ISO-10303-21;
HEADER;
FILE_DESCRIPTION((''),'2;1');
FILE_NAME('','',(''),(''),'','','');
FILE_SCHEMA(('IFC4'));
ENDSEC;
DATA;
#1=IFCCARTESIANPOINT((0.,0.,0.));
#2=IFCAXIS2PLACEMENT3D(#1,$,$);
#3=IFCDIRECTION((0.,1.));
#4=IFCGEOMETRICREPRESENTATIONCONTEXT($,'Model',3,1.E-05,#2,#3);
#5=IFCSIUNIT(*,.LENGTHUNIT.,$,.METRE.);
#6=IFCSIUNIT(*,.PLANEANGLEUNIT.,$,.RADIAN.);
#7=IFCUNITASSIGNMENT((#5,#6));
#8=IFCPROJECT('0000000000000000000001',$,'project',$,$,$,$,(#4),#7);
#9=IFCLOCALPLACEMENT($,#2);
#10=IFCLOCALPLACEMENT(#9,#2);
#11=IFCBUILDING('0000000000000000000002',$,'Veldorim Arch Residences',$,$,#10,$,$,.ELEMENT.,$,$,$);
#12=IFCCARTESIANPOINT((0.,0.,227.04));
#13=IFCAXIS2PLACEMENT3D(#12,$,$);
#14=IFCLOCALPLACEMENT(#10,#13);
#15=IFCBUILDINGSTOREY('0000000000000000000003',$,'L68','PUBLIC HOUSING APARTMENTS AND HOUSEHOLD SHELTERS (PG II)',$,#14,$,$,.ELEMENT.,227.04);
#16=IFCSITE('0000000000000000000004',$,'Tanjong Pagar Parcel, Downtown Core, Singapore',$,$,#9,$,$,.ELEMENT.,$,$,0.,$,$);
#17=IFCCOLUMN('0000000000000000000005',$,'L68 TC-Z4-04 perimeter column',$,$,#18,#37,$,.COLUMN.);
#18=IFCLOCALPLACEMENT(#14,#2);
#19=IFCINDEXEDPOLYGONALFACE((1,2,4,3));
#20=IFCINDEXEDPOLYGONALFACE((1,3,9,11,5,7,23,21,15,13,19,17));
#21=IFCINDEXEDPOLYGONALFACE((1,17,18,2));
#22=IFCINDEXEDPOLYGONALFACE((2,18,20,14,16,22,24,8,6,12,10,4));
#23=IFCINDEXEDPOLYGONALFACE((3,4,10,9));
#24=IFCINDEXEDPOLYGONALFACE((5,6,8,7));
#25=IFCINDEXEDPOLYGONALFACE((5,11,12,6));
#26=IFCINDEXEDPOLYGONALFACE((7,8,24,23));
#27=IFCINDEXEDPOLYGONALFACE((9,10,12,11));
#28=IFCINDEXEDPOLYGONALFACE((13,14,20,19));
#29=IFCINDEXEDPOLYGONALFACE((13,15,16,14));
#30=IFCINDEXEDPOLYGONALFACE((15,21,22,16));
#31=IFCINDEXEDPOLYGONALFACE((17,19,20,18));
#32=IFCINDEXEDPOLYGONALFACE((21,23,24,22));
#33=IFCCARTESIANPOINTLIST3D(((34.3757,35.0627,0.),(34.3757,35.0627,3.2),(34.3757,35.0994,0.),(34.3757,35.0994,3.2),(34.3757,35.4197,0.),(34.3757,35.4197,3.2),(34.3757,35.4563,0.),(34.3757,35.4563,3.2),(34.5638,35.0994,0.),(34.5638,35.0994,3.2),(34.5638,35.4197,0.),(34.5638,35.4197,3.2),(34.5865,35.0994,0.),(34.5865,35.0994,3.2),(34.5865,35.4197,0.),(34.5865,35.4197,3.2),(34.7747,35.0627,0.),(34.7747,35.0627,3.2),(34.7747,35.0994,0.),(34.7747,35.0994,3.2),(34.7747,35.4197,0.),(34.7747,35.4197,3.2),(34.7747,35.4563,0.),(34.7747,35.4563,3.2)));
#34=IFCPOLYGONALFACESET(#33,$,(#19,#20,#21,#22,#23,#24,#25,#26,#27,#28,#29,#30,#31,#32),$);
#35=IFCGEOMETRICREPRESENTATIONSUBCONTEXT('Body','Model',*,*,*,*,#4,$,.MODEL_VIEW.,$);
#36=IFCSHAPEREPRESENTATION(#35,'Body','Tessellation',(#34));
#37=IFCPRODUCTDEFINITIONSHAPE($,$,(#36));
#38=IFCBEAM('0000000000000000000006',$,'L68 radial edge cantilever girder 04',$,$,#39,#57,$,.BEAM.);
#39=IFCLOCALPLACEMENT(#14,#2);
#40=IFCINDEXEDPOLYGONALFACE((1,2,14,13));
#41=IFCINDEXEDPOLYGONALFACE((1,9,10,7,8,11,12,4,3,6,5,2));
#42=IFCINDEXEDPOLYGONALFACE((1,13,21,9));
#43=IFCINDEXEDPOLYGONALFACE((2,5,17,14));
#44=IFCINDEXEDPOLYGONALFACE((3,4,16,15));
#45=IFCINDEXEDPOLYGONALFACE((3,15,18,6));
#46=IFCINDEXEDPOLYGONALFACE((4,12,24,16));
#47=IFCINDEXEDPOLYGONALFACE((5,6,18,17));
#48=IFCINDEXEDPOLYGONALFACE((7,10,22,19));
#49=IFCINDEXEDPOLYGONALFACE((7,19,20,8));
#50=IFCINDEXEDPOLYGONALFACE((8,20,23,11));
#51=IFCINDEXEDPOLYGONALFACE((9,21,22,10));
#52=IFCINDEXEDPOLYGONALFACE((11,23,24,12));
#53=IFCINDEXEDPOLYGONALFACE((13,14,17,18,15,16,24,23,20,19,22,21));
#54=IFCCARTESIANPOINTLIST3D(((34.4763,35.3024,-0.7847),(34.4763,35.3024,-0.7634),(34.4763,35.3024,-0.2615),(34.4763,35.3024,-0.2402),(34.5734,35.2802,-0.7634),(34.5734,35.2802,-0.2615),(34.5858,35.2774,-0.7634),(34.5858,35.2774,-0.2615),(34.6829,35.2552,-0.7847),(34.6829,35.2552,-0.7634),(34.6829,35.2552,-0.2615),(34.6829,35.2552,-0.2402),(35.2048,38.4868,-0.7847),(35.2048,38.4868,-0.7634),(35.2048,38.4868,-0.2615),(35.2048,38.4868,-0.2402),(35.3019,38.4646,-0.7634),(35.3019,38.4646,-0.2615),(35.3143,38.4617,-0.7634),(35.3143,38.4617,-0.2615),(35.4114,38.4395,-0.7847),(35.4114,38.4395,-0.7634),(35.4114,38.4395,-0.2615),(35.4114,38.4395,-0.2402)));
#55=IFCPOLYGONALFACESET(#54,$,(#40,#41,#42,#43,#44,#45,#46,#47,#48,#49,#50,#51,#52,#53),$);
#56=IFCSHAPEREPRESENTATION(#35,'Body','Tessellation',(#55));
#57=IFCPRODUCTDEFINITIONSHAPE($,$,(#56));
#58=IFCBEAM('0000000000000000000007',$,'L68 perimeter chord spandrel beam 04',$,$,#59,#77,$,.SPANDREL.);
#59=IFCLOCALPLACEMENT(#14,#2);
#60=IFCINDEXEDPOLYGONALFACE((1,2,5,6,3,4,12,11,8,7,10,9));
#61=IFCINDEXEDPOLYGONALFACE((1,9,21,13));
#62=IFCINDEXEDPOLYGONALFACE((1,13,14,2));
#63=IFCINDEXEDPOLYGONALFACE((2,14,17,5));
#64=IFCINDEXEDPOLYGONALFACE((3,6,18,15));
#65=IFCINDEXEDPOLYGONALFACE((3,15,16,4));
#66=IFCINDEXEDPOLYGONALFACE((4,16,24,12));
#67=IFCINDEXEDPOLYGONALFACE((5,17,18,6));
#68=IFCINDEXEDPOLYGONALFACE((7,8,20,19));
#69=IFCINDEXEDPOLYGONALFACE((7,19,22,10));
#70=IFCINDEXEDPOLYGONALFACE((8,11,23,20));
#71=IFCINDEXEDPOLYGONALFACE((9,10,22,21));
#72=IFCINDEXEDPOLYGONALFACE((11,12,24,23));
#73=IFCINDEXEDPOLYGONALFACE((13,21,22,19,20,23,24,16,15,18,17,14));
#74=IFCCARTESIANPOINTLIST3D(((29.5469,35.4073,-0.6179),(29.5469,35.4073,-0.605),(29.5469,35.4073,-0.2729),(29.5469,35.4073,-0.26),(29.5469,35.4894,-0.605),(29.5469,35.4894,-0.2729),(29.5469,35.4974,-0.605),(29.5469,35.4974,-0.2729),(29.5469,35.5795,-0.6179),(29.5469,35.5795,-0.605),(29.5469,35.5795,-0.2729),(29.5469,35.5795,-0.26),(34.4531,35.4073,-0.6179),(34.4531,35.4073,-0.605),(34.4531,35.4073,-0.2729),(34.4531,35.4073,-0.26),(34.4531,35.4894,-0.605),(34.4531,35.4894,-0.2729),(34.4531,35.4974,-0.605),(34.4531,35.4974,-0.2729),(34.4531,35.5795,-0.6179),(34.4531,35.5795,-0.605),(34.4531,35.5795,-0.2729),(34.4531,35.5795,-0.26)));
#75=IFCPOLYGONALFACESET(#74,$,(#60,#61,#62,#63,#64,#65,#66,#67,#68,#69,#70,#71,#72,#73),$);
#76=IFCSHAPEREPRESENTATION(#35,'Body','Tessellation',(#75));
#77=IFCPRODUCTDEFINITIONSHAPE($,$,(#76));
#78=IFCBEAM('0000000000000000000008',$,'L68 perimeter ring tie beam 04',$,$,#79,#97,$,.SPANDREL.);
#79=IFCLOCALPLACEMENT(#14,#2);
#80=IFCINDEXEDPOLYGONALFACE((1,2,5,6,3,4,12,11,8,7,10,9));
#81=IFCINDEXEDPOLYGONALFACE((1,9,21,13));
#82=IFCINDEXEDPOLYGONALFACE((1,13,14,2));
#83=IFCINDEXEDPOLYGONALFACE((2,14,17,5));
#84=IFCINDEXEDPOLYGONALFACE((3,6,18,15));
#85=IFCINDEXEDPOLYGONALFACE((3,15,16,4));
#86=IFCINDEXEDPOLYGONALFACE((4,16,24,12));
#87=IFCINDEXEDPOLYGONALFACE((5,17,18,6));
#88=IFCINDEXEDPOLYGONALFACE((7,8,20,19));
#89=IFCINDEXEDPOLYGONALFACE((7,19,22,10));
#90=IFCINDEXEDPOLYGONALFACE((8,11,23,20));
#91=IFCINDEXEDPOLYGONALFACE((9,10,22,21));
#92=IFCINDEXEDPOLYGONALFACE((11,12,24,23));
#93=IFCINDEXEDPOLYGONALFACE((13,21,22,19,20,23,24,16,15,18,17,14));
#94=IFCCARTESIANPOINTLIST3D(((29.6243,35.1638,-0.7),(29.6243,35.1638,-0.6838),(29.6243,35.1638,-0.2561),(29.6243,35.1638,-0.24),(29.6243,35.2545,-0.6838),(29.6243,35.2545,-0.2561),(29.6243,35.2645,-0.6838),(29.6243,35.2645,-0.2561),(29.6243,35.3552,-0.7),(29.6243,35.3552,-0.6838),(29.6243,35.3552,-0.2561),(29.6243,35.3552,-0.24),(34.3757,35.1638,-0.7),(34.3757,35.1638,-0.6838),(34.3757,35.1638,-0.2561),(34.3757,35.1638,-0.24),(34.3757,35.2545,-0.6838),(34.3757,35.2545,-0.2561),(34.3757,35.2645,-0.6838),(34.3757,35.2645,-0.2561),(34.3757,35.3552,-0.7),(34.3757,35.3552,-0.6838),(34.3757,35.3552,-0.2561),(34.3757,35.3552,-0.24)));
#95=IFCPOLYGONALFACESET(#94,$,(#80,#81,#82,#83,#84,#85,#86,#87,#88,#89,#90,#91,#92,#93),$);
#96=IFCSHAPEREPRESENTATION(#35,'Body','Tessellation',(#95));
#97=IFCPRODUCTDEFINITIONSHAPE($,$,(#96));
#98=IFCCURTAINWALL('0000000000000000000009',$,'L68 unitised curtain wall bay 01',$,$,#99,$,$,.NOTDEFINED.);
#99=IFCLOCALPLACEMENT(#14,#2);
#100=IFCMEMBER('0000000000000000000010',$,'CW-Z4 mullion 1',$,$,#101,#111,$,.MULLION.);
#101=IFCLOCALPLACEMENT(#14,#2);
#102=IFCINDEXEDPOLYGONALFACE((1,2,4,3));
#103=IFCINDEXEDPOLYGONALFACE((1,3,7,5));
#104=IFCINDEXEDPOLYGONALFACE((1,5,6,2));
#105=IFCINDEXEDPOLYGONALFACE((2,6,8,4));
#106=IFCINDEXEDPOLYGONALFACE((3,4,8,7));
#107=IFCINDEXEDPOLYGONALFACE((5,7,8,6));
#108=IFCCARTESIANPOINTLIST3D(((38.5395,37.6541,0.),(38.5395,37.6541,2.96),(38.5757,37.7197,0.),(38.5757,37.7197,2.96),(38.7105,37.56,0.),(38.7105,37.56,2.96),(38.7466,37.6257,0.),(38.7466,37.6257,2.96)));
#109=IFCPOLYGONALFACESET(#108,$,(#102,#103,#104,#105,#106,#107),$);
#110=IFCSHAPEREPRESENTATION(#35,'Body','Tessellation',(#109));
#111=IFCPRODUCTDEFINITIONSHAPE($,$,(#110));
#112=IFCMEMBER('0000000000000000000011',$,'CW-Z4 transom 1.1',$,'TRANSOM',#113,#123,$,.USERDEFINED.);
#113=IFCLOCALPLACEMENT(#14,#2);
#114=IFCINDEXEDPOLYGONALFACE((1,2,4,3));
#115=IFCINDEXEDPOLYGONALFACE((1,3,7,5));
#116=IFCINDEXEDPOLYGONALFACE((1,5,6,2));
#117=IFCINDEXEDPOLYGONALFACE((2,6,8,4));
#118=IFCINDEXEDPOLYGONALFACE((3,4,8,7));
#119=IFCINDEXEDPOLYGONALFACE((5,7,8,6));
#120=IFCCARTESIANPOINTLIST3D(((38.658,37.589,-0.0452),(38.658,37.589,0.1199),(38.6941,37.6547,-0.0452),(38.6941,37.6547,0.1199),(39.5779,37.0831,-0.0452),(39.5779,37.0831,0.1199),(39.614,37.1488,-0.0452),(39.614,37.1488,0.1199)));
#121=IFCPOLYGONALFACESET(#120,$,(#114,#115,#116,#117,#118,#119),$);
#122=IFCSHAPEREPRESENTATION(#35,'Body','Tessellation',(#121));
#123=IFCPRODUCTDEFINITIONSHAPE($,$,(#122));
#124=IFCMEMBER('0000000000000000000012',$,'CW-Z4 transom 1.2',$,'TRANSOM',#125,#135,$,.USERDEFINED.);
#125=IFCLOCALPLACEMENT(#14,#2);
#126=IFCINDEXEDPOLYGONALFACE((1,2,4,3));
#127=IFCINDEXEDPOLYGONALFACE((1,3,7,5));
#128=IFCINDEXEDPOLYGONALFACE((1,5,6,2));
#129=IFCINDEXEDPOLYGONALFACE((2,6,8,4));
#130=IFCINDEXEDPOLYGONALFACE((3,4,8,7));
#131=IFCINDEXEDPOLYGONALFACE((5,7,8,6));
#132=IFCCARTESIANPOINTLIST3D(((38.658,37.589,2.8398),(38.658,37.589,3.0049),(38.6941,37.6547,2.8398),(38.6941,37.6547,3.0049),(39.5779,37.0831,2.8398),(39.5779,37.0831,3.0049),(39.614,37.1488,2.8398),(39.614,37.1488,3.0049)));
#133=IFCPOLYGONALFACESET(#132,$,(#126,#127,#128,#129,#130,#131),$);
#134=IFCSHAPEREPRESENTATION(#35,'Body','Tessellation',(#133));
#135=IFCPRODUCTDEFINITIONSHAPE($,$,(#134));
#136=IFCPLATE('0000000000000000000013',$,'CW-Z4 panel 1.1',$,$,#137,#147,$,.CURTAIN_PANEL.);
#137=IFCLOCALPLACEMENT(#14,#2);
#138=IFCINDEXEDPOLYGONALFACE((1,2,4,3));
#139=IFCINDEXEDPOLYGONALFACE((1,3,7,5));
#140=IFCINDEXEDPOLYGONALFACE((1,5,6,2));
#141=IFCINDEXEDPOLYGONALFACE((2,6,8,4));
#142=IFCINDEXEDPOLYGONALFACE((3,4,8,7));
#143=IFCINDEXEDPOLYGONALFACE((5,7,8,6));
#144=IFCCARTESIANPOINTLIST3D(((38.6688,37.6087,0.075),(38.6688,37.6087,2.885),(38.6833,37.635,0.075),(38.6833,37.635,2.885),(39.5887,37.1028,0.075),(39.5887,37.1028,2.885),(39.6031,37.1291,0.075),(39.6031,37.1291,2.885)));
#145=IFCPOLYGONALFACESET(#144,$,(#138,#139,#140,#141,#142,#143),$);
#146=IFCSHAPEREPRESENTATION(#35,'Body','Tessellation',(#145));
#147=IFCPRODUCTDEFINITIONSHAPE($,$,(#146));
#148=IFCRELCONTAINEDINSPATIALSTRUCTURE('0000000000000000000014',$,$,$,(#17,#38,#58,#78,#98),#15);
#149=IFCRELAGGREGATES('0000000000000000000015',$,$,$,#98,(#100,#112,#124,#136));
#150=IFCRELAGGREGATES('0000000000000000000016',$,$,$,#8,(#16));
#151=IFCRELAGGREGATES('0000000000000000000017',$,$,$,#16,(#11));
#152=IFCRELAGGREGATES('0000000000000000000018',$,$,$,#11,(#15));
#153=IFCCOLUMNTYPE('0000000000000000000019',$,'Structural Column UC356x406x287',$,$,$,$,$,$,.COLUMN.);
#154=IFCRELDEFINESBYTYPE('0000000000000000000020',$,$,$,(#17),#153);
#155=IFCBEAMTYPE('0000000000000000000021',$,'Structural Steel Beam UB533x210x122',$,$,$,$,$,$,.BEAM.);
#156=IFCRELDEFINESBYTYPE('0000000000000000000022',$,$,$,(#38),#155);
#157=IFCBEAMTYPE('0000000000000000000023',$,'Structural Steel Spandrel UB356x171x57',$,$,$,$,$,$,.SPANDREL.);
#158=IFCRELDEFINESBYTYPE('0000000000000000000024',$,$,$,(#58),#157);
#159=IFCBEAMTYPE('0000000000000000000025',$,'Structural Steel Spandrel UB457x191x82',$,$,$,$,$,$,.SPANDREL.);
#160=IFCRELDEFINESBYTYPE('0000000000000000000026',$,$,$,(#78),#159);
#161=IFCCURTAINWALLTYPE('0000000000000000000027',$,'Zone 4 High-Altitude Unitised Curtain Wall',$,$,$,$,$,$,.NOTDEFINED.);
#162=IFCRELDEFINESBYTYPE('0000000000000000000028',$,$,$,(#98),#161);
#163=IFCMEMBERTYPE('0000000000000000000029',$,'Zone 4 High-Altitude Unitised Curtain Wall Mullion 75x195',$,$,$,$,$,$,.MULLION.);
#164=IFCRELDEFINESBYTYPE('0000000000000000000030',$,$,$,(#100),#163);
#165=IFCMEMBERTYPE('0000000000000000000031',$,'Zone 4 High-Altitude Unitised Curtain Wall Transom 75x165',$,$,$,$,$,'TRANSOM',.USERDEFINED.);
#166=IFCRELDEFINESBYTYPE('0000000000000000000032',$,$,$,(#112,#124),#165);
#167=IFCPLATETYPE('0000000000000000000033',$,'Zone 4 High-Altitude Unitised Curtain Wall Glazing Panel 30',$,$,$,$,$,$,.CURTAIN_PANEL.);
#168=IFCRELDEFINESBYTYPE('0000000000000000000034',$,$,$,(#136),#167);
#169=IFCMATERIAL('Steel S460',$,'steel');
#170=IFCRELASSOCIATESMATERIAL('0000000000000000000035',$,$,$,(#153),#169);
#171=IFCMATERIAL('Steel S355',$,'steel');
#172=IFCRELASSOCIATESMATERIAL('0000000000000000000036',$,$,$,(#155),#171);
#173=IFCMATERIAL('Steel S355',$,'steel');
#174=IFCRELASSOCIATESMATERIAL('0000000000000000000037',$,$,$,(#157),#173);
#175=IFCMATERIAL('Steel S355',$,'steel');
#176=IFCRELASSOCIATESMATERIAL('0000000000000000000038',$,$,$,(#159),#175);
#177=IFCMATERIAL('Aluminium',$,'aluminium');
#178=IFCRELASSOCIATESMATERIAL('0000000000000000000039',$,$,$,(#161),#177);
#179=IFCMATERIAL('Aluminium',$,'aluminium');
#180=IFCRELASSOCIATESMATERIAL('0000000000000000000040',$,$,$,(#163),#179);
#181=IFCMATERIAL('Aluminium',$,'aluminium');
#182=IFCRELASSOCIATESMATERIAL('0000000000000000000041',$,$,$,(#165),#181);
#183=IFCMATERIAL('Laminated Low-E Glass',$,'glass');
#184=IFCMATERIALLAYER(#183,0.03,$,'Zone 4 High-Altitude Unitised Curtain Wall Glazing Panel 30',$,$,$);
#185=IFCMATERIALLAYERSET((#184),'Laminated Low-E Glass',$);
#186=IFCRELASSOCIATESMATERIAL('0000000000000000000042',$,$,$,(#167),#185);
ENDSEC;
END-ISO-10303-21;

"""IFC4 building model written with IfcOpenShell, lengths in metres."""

from ifc_helpers import new_model, si_unit, direction, frame, origin, origin_2d, place, context, subcontext, project, spatial, rectangle, i_section, extrude, material, layer, layer_set, material_profile, profile_set, type_object, element, aggregate, save


model = new_model("IFC4")

# Units and contexts
model_context = context("Model", 3, precision=1e-05, world=origin(), true_north=direction((0.0, 1.0)))
body_context = subcontext(model_context, "Body", "Model", "MODEL_VIEW")
ifc_project = project(units=[si_unit("LENGTHUNIT", "METRE"), si_unit("PLANEANGLEUNIT", "RADIAN")], contexts=[model_context])

# Site, building, storey
site_placement = place(None, origin())
site = spatial("IfcSite", under=ifc_project, at=site_placement, Name="Tanjong Pagar Parcel, Downtown Core, Singapore", CompositionType="ELEMENT", RefElevation=0.0)
building_placement = place(site_placement, origin())
building = spatial("IfcBuilding", under=site, at=building_placement, Name="Veldorim Arch Residences", CompositionType="ELEMENT")
storey_placement = place(building_placement, frame((0.0, 0.0, 227.04)))
storey = spatial("IfcBuildingStorey", under=building, at=storey_placement, Name="L68", Description="PUBLIC HOUSING APARTMENTS AND HOUSEHOLD SHELTERS (PG II)", CompositionType="ELEMENT", Elevation=227.04)

# Column
ifc_material_1 = material(Name="Steel S460", Category="steel")
ifc_material_profile_1 = material_profile(ifc_material_1, i_section(OverallWidth=0.3989, OverallDepth=0.3936, WebThickness=0.0227, FlangeThickness=0.0366, at=origin_2d()), Name="UC356x406x287")
ifc_profile_set_1 = profile_set([ifc_material_profile_1], Name="Steel S460")
column_type = type_object("IfcColumnType", Name="Structural Column UC356x406x287", PredefinedType="COLUMN", material=ifc_profile_set_1)
column_placement = place(storey_placement, frame((34.5752, 35.2595, 0.0), z_axis=(0.0, 0.0, 1.0), x_axis=(1.0, 0.0, 0.0)))
element("IfcColumn", 1, at=column_placement, inside=storey, type_object=column_type, Name="L68 TC-Z4-04 perimeter column", PredefinedType="COLUMN", context=body_context, shape_type="SweptSolid", body=[
    extrude(i_section(OverallWidth=0.3989, OverallDepth=0.3936, WebThickness=0.0227, FlangeThickness=0.0366, at=origin_2d()), origin(), (0.0, 0.0, 1.0), 3.2),
])

# Beams
ifc_material_2 = material(Name="Steel S355", Category="steel")
ifc_material_profile_2 = material_profile(ifc_material_2, i_section(OverallWidth=0.2119, OverallDepth=0.5444, WebThickness=0.0127, FlangeThickness=0.0212, at=origin_2d()), Name="UB533x210x122")
ifc_profile_set_2 = profile_set([ifc_material_profile_2], Name="Steel S355")
beam_type_1 = type_object("IfcBeamType", Name="Structural Steel Beam UB533x210x122", PredefinedType="BEAM", material=ifc_profile_set_2)
beam_1_placement = place(storey_placement, frame((34.5796, 35.2788, -0.5125), z_axis=(0.22302, 0.974814, 0.0), x_axis=(-0.974814, 0.22302, 0.0)))
element("IfcBeam", 2, at=beam_1_placement, inside=storey, type_object=beam_type_1, Name="L68 radial edge cantilever girder 04", PredefinedType="BEAM", context=body_context, shape_type="SweptSolid", body=[
    extrude(i_section(OverallWidth=0.2119, OverallDepth=0.5444, WebThickness=0.0127, FlangeThickness=0.0212, at=origin_2d()), origin(), (0.0, 0.0, 1.0), 3.2666),
])
ifc_material_3 = material(Name="Steel S355", Category="steel")
ifc_material_profile_3 = material_profile(ifc_material_3, i_section(OverallWidth=0.1721, OverallDepth=0.3579, WebThickness=0.0081, FlangeThickness=0.0129, at=origin_2d()), Name="UB356x171x57")
ifc_profile_set_3 = profile_set([ifc_material_profile_3], Name="Steel S355")
beam_type_2 = type_object("IfcBeamType", Name="Structural Steel Spandrel UB356x171x57", PredefinedType="SPANDREL", material=ifc_profile_set_3)
beam_2_placement = place(storey_placement, frame((34.4531, 35.4934, -0.439), z_axis=(-1.0, 0.0, 0.0), x_axis=(0.0, -1.0, 0.0)))
element("IfcBeam", 3, at=beam_2_placement, inside=storey, type_object=beam_type_2, Name="L68 perimeter chord spandrel beam 04", PredefinedType="SPANDREL", context=body_context, shape_type="SweptSolid", body=[
    extrude(i_section(OverallWidth=0.1721, OverallDepth=0.3579, WebThickness=0.0081, FlangeThickness=0.0129, at=origin_2d()), origin(), (0.0, 0.0, 1.0), 4.9062),
])
ifc_material_4 = material(Name="Steel S355", Category="steel")
ifc_material_profile_4 = material_profile(ifc_material_4, i_section(OverallWidth=0.1914, OverallDepth=0.46, WebThickness=0.01, FlangeThickness=0.0161, at=origin_2d()), Name="UB457x191x82")
ifc_profile_set_4 = profile_set([ifc_material_profile_4], Name="Steel S355")
beam_type_3 = type_object("IfcBeamType", Name="Structural Steel Spandrel UB457x191x82", PredefinedType="SPANDREL", material=ifc_profile_set_4)
beam_3_placement = place(storey_placement, frame((34.3757, 35.2595, -0.47), z_axis=(-1.0, 0.0, 0.0), x_axis=(0.0, -1.0, 0.0)))
element("IfcBeam", 4, at=beam_3_placement, inside=storey, type_object=beam_type_3, Name="L68 perimeter ring tie beam 04", PredefinedType="SPANDREL", context=body_context, shape_type="SweptSolid", body=[
    extrude(i_section(OverallWidth=0.1914, OverallDepth=0.46, WebThickness=0.01, FlangeThickness=0.0161, at=origin_2d()), origin(), (0.0, 0.0, 1.0), 4.7515),
])

# Curtain wall, members, plate
ifc_material_5 = material(Name="Aluminium", Category="aluminium")
curtain_wall_type = type_object("IfcCurtainWallType", Name="Zone 4 High-Altitude Unitised Curtain Wall", PredefinedType="NOTDEFINED", material=ifc_material_5)
curtain_wall_placement = place(storey_placement, origin())
curtain_wall = element("IfcCurtainWall", 5, at=curtain_wall_placement, inside=storey, type_object=curtain_wall_type, Name="L68 unitised curtain wall bay 01", PredefinedType="NOTDEFINED")
ifc_material_6 = material(Name="Aluminium", Category="aluminium")
ifc_material_profile_5 = material_profile(ifc_material_6, rectangle(XDim=0.075, YDim=0.1951, at=origin_2d()), Name="ALU_MUL_75x195")
ifc_profile_set_5 = profile_set([ifc_material_profile_5], Name="Aluminium")
member_type_1 = type_object("IfcMemberType", Name="Zone 4 High-Altitude Unitised Curtain Wall Mullion 75x195", PredefinedType="MULLION", material=ifc_profile_set_5)
member_1_placement = place(storey_placement, frame((38.6431, 37.6399, 0.0), z_axis=(0.0, 0.0, 1.0), x_axis=(0.481953, 0.876197, 0.0)))
member_1 = element("IfcMember", 6, at=member_1_placement, type_object=member_type_1, Name="CW-Z4 mullion 1", PredefinedType="MULLION", context=body_context, shape_type="SweptSolid", body=[
    extrude(rectangle(XDim=0.075, YDim=0.1951, at=origin_2d()), origin(), (0.0, 0.0, 1.0), 2.96),
])
ifc_material_7 = material(Name="Aluminium", Category="aluminium")
ifc_material_profile_6 = material_profile(ifc_material_7, rectangle(XDim=0.075, YDim=0.165, at=origin_2d()), Name="ALU_TRN_75x165")
ifc_profile_set_6 = profile_set([ifc_material_profile_6], Name="Aluminium")
member_type_2 = type_object("IfcMemberType", Name="Zone 4 High-Altitude Unitised Curtain Wall Transom 75x165", ElementType="TRANSOM", PredefinedType="USERDEFINED", material=ifc_profile_set_6)
member_2_placement = place(storey_placement, frame((38.676, 37.6218, 0.0374), z_axis=(0.876255, -0.481847, 0.0), x_axis=(0.481847, 0.876255, 0.0)))
member_2 = element("IfcMember", 7, at=member_2_placement, type_object=member_type_2, Name="CW-Z4 transom 1.1", ObjectType="TRANSOM", PredefinedType="USERDEFINED", context=body_context, shape_type="SweptSolid", body=[
    extrude(rectangle(XDim=0.075, YDim=0.165, at=origin_2d()), origin(), (0.0, 0.0, 1.0), 1.0498),
])
member_3_placement = place(storey_placement, frame((38.676, 37.6218, 2.9224), z_axis=(0.876255, -0.481847, 0.0), x_axis=(0.481847, 0.876255, 0.0)))
member_3 = element("IfcMember", 8, at=member_3_placement, type_object=member_type_2, Name="CW-Z4 transom 1.2", ObjectType="TRANSOM", PredefinedType="USERDEFINED", context=body_context, shape_type="SweptSolid", body=[
    extrude(rectangle(XDim=0.075, YDim=0.165, at=origin_2d()), origin(), (0.0, 0.0, 1.0), 1.0498),
])
ifc_material_8 = material(Name="Laminated Low-E Glass", Category="glass")
ifc_layer_1 = layer(ifc_material_8, 0.03, Name="Zone 4 High-Altitude Unitised Curtain Wall Glazing Panel 30")
ifc_layer_set_1 = layer_set([ifc_layer_1], Name="Laminated Low-E Glass")
plate_type = type_object("IfcPlateType", Name="Zone 4 High-Altitude Unitised Curtain Wall Glazing Panel 30", PredefinedType="CURTAIN_PANEL", material=ifc_layer_set_1)
plate_placement = place(storey_placement, frame((39.136, 37.3689, 0.075), z_axis=(0.0, 0.0, 1.0), x_axis=(0.876197, -0.481953, 0.0)))
plate = element("IfcPlate", 9, at=plate_placement, type_object=plate_type, Name="CW-Z4 panel 1.1", PredefinedType="CURTAIN_PANEL", context=body_context, shape_type="SweptSolid", body=[
    extrude(rectangle(XDim=1.0498, YDim=0.03, at=origin_2d()), origin(), (0.0, 0.0, 1.0), 2.8101),
])
aggregate(curtain_wall, [member_1, member_2, member_3, plate])

save(model, "model.ifc")
